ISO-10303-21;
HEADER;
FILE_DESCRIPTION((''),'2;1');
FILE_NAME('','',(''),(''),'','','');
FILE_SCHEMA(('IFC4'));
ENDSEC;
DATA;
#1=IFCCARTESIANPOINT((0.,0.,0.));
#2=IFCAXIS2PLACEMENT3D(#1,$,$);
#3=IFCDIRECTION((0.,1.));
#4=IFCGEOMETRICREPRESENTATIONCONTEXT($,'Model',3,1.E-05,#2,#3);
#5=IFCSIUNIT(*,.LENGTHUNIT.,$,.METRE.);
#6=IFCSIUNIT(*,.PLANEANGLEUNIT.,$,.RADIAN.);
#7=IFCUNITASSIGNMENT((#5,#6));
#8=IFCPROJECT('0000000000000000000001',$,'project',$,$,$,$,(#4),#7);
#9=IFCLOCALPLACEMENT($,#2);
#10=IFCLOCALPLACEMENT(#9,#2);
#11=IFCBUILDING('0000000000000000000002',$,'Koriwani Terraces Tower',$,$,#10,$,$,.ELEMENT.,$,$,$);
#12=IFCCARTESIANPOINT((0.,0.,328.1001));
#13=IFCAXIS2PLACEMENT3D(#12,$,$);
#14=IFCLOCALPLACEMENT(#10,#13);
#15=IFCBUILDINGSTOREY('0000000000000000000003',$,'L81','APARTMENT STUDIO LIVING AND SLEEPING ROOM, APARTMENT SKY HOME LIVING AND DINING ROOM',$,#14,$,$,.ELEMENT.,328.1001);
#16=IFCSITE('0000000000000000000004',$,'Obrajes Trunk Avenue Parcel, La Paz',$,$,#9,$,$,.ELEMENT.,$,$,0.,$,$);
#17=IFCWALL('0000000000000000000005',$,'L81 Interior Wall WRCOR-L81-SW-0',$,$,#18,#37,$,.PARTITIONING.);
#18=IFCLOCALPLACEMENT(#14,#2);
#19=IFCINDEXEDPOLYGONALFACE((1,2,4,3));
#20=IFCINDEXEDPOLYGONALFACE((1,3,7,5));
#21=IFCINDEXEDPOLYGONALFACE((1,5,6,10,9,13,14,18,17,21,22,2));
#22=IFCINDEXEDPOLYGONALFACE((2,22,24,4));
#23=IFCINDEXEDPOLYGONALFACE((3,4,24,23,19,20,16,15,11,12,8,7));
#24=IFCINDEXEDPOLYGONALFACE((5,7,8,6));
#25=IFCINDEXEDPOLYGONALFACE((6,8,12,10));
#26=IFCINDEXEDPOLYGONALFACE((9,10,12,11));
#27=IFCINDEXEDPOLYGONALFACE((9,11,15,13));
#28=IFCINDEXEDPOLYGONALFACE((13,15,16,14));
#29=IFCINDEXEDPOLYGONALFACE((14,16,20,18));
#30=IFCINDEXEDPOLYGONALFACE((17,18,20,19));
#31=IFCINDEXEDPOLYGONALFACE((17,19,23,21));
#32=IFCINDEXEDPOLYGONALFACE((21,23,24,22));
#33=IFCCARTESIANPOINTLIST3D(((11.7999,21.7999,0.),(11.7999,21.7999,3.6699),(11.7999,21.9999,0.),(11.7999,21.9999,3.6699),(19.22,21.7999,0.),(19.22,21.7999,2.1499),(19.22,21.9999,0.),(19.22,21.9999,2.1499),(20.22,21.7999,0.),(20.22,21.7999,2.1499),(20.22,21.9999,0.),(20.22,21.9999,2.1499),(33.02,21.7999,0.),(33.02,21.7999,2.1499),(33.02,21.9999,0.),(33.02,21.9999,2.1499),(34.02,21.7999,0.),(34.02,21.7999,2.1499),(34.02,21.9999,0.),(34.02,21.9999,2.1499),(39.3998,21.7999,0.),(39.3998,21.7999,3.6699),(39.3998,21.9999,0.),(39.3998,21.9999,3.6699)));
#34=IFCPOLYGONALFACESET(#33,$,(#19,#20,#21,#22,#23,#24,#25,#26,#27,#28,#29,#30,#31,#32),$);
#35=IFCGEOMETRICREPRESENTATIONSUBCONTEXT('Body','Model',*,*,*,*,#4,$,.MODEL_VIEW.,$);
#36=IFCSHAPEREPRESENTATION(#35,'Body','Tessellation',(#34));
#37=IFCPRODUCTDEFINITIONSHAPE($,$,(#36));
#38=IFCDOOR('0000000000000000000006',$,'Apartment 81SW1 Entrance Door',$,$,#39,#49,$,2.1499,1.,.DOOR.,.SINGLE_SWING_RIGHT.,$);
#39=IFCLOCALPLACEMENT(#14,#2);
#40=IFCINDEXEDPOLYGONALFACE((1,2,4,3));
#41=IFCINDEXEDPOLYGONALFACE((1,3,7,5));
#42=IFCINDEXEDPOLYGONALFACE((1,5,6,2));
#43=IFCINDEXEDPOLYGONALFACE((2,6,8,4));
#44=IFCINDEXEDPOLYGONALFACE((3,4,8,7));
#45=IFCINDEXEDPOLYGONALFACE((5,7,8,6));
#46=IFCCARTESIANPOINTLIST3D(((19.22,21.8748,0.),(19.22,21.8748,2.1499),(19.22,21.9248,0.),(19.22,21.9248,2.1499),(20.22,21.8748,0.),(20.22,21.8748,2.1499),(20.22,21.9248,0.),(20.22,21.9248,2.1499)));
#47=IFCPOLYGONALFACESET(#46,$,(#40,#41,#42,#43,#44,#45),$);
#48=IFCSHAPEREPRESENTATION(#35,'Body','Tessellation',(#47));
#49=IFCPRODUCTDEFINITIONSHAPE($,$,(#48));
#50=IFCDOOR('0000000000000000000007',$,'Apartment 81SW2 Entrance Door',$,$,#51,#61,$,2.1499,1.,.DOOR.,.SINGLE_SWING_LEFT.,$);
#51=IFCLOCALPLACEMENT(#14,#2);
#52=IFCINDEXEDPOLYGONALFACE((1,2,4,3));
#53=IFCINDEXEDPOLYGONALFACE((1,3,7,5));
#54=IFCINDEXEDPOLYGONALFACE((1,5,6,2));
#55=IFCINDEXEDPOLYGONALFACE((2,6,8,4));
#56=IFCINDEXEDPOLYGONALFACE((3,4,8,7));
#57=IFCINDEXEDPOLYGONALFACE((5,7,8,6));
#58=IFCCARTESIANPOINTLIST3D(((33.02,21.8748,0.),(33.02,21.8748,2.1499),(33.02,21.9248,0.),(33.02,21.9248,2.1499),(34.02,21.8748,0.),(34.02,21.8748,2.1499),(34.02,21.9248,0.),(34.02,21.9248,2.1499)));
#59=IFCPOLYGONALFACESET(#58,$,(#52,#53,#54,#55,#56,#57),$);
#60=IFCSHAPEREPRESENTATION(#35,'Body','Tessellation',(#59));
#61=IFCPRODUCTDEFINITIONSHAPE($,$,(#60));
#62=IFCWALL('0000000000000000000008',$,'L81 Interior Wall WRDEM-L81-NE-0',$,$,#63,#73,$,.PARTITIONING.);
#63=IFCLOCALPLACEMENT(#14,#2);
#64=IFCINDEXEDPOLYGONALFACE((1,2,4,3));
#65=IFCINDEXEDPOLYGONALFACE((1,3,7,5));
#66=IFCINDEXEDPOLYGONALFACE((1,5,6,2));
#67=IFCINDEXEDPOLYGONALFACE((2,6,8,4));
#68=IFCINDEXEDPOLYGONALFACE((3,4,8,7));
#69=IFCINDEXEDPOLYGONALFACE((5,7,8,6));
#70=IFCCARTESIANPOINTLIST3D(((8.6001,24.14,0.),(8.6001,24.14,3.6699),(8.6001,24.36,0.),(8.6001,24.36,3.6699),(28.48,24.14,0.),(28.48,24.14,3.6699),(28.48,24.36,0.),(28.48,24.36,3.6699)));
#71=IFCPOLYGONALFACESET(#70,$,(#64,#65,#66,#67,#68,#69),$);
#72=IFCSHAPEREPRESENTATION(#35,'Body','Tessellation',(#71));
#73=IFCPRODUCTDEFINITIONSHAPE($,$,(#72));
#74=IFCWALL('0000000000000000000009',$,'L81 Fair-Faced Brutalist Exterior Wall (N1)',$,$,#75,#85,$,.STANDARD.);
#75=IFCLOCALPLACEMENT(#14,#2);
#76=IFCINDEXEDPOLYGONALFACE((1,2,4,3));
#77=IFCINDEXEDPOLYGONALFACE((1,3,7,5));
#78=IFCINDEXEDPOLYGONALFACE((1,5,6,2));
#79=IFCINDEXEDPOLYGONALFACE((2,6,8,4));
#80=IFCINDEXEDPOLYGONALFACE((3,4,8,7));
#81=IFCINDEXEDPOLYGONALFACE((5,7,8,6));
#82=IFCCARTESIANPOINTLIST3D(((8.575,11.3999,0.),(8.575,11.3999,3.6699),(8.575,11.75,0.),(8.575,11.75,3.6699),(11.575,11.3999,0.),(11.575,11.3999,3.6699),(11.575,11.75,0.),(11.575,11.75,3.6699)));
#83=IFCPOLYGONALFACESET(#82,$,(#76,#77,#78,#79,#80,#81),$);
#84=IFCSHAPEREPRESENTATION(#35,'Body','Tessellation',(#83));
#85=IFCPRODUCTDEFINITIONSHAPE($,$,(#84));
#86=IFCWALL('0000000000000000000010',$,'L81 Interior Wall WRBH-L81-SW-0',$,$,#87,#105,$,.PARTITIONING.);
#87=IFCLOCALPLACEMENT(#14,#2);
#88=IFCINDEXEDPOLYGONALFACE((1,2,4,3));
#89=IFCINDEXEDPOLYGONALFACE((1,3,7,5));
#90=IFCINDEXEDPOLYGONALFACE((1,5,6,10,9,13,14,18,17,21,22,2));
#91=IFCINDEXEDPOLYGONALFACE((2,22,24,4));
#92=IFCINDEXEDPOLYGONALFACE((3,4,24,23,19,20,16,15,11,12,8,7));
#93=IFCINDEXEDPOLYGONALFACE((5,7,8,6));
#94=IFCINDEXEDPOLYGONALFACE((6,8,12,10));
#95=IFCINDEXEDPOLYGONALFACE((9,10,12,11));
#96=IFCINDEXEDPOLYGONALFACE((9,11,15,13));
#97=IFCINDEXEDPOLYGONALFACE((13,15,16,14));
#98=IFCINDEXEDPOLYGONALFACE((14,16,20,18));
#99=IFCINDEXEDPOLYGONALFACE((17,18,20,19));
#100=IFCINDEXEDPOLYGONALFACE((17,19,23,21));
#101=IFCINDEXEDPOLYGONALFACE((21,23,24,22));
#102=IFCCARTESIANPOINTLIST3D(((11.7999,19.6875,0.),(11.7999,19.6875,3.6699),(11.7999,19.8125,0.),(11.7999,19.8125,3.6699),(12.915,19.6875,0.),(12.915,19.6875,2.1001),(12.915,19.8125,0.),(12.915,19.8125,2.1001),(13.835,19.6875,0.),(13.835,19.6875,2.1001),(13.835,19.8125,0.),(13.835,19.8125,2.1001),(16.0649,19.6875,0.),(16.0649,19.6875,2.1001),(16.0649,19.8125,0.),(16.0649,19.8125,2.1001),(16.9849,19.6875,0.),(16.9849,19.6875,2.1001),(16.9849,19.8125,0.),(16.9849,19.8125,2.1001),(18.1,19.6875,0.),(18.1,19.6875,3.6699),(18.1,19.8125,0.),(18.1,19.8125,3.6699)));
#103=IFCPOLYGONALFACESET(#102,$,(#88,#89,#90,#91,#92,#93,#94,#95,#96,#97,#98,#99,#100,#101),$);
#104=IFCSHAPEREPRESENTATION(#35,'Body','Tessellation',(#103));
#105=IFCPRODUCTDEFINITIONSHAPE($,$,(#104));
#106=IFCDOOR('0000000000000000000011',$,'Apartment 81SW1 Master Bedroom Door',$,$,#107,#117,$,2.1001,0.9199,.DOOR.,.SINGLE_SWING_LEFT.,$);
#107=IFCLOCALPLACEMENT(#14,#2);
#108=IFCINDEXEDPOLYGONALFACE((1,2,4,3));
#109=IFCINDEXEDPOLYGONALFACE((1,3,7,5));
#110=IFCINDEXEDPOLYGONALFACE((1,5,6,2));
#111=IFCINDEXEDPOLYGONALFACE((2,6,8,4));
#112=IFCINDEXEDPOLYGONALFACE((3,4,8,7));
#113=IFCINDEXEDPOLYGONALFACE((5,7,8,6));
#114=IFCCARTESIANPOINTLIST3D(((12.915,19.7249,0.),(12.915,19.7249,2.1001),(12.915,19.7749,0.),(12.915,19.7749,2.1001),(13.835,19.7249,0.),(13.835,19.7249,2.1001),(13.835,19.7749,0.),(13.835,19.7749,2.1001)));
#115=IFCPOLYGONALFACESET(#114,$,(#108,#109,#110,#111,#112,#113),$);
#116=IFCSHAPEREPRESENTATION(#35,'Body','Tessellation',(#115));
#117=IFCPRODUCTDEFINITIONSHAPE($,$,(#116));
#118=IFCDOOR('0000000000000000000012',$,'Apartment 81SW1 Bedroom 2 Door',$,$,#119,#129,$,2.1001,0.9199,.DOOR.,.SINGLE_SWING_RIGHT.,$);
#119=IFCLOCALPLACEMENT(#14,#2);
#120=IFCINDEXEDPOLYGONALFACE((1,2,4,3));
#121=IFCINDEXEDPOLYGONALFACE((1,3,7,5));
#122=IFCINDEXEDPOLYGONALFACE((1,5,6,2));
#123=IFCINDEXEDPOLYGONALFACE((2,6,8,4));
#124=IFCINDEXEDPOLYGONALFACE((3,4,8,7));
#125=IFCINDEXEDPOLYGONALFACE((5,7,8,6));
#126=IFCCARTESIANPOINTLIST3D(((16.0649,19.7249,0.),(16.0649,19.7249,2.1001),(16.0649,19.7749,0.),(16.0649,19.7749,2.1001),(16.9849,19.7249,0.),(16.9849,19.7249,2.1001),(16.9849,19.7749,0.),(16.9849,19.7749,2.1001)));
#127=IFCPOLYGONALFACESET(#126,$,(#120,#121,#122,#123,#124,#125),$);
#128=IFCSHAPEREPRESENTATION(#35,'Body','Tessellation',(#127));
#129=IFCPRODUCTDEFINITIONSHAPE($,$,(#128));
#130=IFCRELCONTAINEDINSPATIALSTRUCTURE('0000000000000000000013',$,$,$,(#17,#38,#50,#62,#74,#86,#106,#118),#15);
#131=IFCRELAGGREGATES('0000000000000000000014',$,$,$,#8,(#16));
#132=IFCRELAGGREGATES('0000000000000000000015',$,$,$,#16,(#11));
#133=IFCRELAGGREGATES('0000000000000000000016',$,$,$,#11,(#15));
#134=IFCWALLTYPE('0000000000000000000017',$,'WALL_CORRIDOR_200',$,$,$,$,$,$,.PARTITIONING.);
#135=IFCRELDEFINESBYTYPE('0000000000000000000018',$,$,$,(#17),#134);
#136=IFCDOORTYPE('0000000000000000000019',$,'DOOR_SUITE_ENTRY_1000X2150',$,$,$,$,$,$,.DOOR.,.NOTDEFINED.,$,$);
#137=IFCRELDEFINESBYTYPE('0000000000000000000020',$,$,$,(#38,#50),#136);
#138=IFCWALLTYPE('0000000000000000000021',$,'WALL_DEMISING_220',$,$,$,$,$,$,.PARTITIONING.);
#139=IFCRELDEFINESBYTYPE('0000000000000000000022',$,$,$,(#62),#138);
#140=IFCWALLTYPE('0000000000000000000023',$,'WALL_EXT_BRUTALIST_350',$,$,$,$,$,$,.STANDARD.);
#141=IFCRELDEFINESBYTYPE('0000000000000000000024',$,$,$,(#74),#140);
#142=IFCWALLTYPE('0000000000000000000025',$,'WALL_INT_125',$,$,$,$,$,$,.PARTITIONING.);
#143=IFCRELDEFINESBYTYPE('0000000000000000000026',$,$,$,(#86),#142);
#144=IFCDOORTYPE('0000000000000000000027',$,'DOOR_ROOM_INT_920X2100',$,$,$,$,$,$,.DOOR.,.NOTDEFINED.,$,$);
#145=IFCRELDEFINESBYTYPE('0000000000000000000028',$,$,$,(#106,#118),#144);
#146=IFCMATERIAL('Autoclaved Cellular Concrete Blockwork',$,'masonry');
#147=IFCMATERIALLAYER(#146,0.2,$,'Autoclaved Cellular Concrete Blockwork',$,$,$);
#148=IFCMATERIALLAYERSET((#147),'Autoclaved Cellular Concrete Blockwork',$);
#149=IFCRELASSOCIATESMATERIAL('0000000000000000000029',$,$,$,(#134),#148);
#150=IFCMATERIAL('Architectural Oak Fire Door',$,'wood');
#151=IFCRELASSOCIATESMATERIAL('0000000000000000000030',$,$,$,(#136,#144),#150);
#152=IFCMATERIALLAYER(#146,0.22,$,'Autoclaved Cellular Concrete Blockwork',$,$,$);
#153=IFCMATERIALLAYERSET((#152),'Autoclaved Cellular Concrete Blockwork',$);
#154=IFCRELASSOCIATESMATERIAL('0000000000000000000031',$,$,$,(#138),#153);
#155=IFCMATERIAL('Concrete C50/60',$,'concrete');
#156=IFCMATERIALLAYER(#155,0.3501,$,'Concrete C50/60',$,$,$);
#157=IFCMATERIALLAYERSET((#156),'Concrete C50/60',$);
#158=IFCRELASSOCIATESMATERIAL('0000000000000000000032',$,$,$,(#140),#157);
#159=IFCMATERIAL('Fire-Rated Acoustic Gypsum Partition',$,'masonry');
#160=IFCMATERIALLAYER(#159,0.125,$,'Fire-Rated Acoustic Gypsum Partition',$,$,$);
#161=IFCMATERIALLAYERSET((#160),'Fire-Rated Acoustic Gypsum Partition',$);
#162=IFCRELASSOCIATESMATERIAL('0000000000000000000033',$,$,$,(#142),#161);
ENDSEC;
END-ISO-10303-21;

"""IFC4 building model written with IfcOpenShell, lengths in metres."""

from ifc_helpers import new_model, si_unit, direction, frame, frame_2d, origin, place, context, subcontext, project, spatial, rectangle, extrude, material, layer, layer_set, type_object, element, fill, save


model = new_model("IFC4")

# Units and contexts
model_context = context("Model", 3, precision=1e-05, world=origin(), true_north=direction((0.0, 1.0)))
body_context = subcontext(model_context, "Body", "Model", "MODEL_VIEW")
ifc_project = project(units=[si_unit("LENGTHUNIT", "METRE"), si_unit("PLANEANGLEUNIT", "RADIAN")], contexts=[model_context])

# Site, building, storey
site_placement = place(None, origin())
site = spatial("IfcSite", under=ifc_project, at=site_placement, Name="Obrajes Trunk Avenue Parcel, La Paz", CompositionType="ELEMENT", RefElevation=0.0)
building_placement = place(site_placement, origin())
building = spatial("IfcBuilding", under=site, at=building_placement, Name="Koriwani Terraces Tower", CompositionType="ELEMENT")
storey_placement = place(building_placement, frame((0.0, 0.0, 328.1001)))
storey = spatial("IfcBuildingStorey", under=building, at=storey_placement, Name="L81", Description="APARTMENT STUDIO LIVING AND SLEEPING ROOM, APARTMENT SKY HOME LIVING AND DINING ROOM", CompositionType="ELEMENT", Elevation=328.1001)

# Shared definitions
ifc_material_1 = material(Name="Concrete C50/60", Category="concrete")

# Wall, openings, doors
ifc_material_2 = material(Name="Autoclaved Cellular Concrete Blockwork", Category="masonry")
ifc_layer_1 = layer(ifc_material_2, 0.2, Name="Autoclaved Cellular Concrete Blockwork")
ifc_layer_set_1 = layer_set([ifc_layer_1], Name="Autoclaved Cellular Concrete Blockwork")
wall_type_1 = type_object("IfcWallType", Name="WALL_CORRIDOR_200", PredefinedType="PARTITIONING", material=ifc_layer_set_1)
wall_1_placement = place(storey_placement, frame((11.8, 21.8999, 0.0), z_axis=(0.0, 0.0, 1.0), x_axis=(1.0, 0.0, 0.0)))
wall_1 = element("IfcWall", 1, at=wall_1_placement, inside=storey, type_object=wall_type_1, Name="L81 Interior Wall WRCOR-L81-SW-0", PredefinedType="PARTITIONING", context=body_context, shape_type="SweptSolid", body=[
    extrude(rectangle(XDim=27.5999, YDim=0.2, at=frame_2d((13.7998, 0.0))), origin(), (0.0, 0.0, 1.0), 3.6699),
])
opening_1_placement = place(wall_1_placement, frame((7.4199, 0.0, 0.0)))
opening_1 = element("IfcOpeningElement", 2, at=opening_1_placement, cuts=wall_1, PredefinedType="OPENING", context=body_context, shape_type="SweptSolid", body=[
    extrude(rectangle(XDim=1.0, YDim=2.1499, at=frame_2d((0.5, 1.075))), frame((0.0, 0.1099, 0.0), z_axis=(0.0, -1.0, 0.0), x_axis=(1.0, 0.0, 0.0)), (0.0, 0.0, 1.0), 0.22),
])
opening_2_placement = place(wall_1_placement, frame((21.22, 0.0, 0.0)))
opening_2 = element("IfcOpeningElement", 3, at=opening_2_placement, cuts=wall_1, PredefinedType="OPENING", context=body_context, shape_type="SweptSolid", body=[
    extrude(rectangle(XDim=1.0, YDim=2.1499, at=frame_2d((0.5, 1.075))), frame((0.0, 0.1099, 0.0), z_axis=(0.0, -1.0, 0.0), x_axis=(1.0, 0.0, 0.0)), (0.0, 0.0, 1.0), 0.22),
])
ifc_material_3 = material(Name="Architectural Oak Fire Door", Category="wood")
door_type_1 = type_object("IfcDoorType", Name="DOOR_SUITE_ENTRY_1000X2150", OperationType="NOTDEFINED", PredefinedType="DOOR", material=ifc_material_3)
door_1_placement = place(opening_1_placement, origin())
door_1 = element("IfcDoor", 4, at=door_1_placement, inside=storey, type_object=door_type_1, Name="Apartment 81SW1 Entrance Door", OperationType="SINGLE_SWING_RIGHT", OverallHeight=2.1499, OverallWidth=1.0, PredefinedType="DOOR", context=body_context, shape_type="SweptSolid", body=[
    extrude(rectangle(XDim=1.0, YDim=2.1499, at=frame_2d((0.5, 1.075))), frame((0.0, 0.0249, 0.0), z_axis=(0.0, -1.0, 0.0), x_axis=(1.0, 0.0, 0.0)), (0.0, 0.0, 1.0), 0.05),
])
fill(opening_1, door_1)
door_2_placement = place(opening_2_placement, origin())
door_2 = element("IfcDoor", 5, at=door_2_placement, inside=storey, type_object=door_type_1, Name="Apartment 81SW2 Entrance Door", OperationType="SINGLE_SWING_LEFT", OverallHeight=2.1499, OverallWidth=1.0, PredefinedType="DOOR", context=body_context, shape_type="SweptSolid", body=[
    extrude(rectangle(XDim=1.0, YDim=2.1499, at=frame_2d((0.5, 1.075))), frame((0.0, 0.0249, 0.0), z_axis=(0.0, -1.0, 0.0), x_axis=(1.0, 0.0, 0.0)), (0.0, 0.0, 1.0), 0.05),
])
fill(opening_2, door_2)

# Walls
ifc_layer_2 = layer(ifc_material_2, 0.22, Name="Autoclaved Cellular Concrete Blockwork")
ifc_layer_set_2 = layer_set([ifc_layer_2], Name="Autoclaved Cellular Concrete Blockwork")
wall_type_2 = type_object("IfcWallType", Name="WALL_DEMISING_220", PredefinedType="PARTITIONING", material=ifc_layer_set_2)
wall_2_placement = place(storey_placement, frame((8.6001, 24.25, 0.0), z_axis=(0.0, 0.0, 1.0), x_axis=(1.0, 0.0, 0.0)))
element("IfcWall", 6, at=wall_2_placement, inside=storey, type_object=wall_type_2, Name="L81 Interior Wall WRDEM-L81-NE-0", PredefinedType="PARTITIONING", context=body_context, shape_type="SweptSolid", body=[
    extrude(rectangle(XDim=19.8799, YDim=0.22, at=frame_2d((9.9399, 0.0))), origin(), (0.0, 0.0, 1.0), 3.6699),
])
ifc_layer_3 = layer(ifc_material_1, 0.3501, Name="Concrete C50/60")
ifc_layer_set_3 = layer_set([ifc_layer_3], Name="Concrete C50/60")
wall_type_3 = type_object("IfcWallType", Name="WALL_EXT_BRUTALIST_350", PredefinedType="STANDARD", material=ifc_layer_set_3)
wall_3_placement = place(storey_placement, frame((11.575, 11.575, 0.0), z_axis=(0.0, 0.0, 1.0), x_axis=(-1.0, 0.0, 0.0)))
element("IfcWall", 7, at=wall_3_placement, inside=storey, type_object=wall_type_3, Name="L81 Fair-Faced Brutalist Exterior Wall (N1)", PredefinedType="STANDARD", context=body_context, shape_type="SweptSolid", body=[
    extrude(rectangle(XDim=3.0, YDim=0.3501, at=frame_2d((1.5, 0.0))), origin(), (0.0, 0.0, 1.0), 3.6699),
])

# Wall, openings, doors
ifc_material_4 = material(Name="Fire-Rated Acoustic Gypsum Partition", Category="masonry")
ifc_layer_4 = layer(ifc_material_4, 0.125, Name="Fire-Rated Acoustic Gypsum Partition")
ifc_layer_set_4 = layer_set([ifc_layer_4], Name="Fire-Rated Acoustic Gypsum Partition")
wall_type_4 = type_object("IfcWallType", Name="WALL_INT_125", PredefinedType="PARTITIONING", material=ifc_layer_set_4)
wall_4_placement = place(storey_placement, frame((11.8, 19.75, 0.0), z_axis=(0.0, 0.0, 1.0), x_axis=(1.0, 0.0, 0.0)))
wall_4 = element("IfcWall", 8, at=wall_4_placement, inside=storey, type_object=wall_type_4, Name="L81 Interior Wall WRBH-L81-SW-0", PredefinedType="PARTITIONING", context=body_context, shape_type="SweptSolid", body=[
    extrude(rectangle(XDim=6.3, YDim=0.125, at=frame_2d((3.1499, 0.0))), origin(), (0.0, 0.0, 1.0), 3.6699),
])
opening_3_placement = place(wall_4_placement, frame((1.115, 0.0, 0.0)))
opening_3 = element("IfcOpeningElement", 9, at=opening_3_placement, cuts=wall_4, PredefinedType="OPENING", context=body_context, shape_type="SweptSolid", body=[
    extrude(rectangle(XDim=0.9199, YDim=2.1001, at=frame_2d((0.46, 1.05))), frame((0.0, 0.0725, 0.0), z_axis=(0.0, -1.0, 0.0), x_axis=(1.0, 0.0, 0.0)), (0.0, 0.0, 1.0), 0.145),
])
opening_4_placement = place(wall_4_placement, frame((4.2649, 0.0, 0.0)))
opening_4 = element("IfcOpeningElement", 10, at=opening_4_placement, cuts=wall_4, PredefinedType="OPENING", context=body_context, shape_type="SweptSolid", body=[
    extrude(rectangle(XDim=0.9199, YDim=2.1001, at=frame_2d((0.46, 1.05))), frame((0.0, 0.0725, 0.0), z_axis=(0.0, -1.0, 0.0), x_axis=(1.0, 0.0, 0.0)), (0.0, 0.0, 1.0), 0.145),
])
door_type_2 = type_object("IfcDoorType", Name="DOOR_ROOM_INT_920X2100", OperationType="NOTDEFINED", PredefinedType="DOOR", material=ifc_material_3)
door_3_placement = place(opening_3_placement, origin())
door_3 = element("IfcDoor", 11, at=door_3_placement, inside=storey, type_object=door_type_2, Name="Apartment 81SW1 Master Bedroom Door", OperationType="SINGLE_SWING_LEFT", OverallHeight=2.1001, OverallWidth=0.9199, PredefinedType="DOOR", context=body_context, shape_type="SweptSolid", body=[
    extrude(rectangle(XDim=0.9199, YDim=2.1001, at=frame_2d((0.46, 1.05))), frame((0.0, 0.0249, 0.0), z_axis=(0.0, -1.0, 0.0), x_axis=(1.0, 0.0, 0.0)), (0.0, 0.0, 1.0), 0.05),
])
fill(opening_3, door_3)
door_4_placement = place(opening_4_placement, origin())
door_4 = element("IfcDoor", 12, at=door_4_placement, inside=storey, type_object=door_type_2, Name="Apartment 81SW1 Bedroom 2 Door", OperationType="SINGLE_SWING_RIGHT", OverallHeight=2.1001, OverallWidth=0.9199, PredefinedType="DOOR", context=body_context, shape_type="SweptSolid", body=[
    extrude(rectangle(XDim=0.9199, YDim=2.1001, at=frame_2d((0.46, 1.05))), frame((0.0, 0.0249, 0.0), z_axis=(0.0, -1.0, 0.0), x_axis=(1.0, 0.0, 0.0)), (0.0, 0.0, 1.0), 0.05),
])
fill(opening_4, door_4)

save(model, "model.ifc")
